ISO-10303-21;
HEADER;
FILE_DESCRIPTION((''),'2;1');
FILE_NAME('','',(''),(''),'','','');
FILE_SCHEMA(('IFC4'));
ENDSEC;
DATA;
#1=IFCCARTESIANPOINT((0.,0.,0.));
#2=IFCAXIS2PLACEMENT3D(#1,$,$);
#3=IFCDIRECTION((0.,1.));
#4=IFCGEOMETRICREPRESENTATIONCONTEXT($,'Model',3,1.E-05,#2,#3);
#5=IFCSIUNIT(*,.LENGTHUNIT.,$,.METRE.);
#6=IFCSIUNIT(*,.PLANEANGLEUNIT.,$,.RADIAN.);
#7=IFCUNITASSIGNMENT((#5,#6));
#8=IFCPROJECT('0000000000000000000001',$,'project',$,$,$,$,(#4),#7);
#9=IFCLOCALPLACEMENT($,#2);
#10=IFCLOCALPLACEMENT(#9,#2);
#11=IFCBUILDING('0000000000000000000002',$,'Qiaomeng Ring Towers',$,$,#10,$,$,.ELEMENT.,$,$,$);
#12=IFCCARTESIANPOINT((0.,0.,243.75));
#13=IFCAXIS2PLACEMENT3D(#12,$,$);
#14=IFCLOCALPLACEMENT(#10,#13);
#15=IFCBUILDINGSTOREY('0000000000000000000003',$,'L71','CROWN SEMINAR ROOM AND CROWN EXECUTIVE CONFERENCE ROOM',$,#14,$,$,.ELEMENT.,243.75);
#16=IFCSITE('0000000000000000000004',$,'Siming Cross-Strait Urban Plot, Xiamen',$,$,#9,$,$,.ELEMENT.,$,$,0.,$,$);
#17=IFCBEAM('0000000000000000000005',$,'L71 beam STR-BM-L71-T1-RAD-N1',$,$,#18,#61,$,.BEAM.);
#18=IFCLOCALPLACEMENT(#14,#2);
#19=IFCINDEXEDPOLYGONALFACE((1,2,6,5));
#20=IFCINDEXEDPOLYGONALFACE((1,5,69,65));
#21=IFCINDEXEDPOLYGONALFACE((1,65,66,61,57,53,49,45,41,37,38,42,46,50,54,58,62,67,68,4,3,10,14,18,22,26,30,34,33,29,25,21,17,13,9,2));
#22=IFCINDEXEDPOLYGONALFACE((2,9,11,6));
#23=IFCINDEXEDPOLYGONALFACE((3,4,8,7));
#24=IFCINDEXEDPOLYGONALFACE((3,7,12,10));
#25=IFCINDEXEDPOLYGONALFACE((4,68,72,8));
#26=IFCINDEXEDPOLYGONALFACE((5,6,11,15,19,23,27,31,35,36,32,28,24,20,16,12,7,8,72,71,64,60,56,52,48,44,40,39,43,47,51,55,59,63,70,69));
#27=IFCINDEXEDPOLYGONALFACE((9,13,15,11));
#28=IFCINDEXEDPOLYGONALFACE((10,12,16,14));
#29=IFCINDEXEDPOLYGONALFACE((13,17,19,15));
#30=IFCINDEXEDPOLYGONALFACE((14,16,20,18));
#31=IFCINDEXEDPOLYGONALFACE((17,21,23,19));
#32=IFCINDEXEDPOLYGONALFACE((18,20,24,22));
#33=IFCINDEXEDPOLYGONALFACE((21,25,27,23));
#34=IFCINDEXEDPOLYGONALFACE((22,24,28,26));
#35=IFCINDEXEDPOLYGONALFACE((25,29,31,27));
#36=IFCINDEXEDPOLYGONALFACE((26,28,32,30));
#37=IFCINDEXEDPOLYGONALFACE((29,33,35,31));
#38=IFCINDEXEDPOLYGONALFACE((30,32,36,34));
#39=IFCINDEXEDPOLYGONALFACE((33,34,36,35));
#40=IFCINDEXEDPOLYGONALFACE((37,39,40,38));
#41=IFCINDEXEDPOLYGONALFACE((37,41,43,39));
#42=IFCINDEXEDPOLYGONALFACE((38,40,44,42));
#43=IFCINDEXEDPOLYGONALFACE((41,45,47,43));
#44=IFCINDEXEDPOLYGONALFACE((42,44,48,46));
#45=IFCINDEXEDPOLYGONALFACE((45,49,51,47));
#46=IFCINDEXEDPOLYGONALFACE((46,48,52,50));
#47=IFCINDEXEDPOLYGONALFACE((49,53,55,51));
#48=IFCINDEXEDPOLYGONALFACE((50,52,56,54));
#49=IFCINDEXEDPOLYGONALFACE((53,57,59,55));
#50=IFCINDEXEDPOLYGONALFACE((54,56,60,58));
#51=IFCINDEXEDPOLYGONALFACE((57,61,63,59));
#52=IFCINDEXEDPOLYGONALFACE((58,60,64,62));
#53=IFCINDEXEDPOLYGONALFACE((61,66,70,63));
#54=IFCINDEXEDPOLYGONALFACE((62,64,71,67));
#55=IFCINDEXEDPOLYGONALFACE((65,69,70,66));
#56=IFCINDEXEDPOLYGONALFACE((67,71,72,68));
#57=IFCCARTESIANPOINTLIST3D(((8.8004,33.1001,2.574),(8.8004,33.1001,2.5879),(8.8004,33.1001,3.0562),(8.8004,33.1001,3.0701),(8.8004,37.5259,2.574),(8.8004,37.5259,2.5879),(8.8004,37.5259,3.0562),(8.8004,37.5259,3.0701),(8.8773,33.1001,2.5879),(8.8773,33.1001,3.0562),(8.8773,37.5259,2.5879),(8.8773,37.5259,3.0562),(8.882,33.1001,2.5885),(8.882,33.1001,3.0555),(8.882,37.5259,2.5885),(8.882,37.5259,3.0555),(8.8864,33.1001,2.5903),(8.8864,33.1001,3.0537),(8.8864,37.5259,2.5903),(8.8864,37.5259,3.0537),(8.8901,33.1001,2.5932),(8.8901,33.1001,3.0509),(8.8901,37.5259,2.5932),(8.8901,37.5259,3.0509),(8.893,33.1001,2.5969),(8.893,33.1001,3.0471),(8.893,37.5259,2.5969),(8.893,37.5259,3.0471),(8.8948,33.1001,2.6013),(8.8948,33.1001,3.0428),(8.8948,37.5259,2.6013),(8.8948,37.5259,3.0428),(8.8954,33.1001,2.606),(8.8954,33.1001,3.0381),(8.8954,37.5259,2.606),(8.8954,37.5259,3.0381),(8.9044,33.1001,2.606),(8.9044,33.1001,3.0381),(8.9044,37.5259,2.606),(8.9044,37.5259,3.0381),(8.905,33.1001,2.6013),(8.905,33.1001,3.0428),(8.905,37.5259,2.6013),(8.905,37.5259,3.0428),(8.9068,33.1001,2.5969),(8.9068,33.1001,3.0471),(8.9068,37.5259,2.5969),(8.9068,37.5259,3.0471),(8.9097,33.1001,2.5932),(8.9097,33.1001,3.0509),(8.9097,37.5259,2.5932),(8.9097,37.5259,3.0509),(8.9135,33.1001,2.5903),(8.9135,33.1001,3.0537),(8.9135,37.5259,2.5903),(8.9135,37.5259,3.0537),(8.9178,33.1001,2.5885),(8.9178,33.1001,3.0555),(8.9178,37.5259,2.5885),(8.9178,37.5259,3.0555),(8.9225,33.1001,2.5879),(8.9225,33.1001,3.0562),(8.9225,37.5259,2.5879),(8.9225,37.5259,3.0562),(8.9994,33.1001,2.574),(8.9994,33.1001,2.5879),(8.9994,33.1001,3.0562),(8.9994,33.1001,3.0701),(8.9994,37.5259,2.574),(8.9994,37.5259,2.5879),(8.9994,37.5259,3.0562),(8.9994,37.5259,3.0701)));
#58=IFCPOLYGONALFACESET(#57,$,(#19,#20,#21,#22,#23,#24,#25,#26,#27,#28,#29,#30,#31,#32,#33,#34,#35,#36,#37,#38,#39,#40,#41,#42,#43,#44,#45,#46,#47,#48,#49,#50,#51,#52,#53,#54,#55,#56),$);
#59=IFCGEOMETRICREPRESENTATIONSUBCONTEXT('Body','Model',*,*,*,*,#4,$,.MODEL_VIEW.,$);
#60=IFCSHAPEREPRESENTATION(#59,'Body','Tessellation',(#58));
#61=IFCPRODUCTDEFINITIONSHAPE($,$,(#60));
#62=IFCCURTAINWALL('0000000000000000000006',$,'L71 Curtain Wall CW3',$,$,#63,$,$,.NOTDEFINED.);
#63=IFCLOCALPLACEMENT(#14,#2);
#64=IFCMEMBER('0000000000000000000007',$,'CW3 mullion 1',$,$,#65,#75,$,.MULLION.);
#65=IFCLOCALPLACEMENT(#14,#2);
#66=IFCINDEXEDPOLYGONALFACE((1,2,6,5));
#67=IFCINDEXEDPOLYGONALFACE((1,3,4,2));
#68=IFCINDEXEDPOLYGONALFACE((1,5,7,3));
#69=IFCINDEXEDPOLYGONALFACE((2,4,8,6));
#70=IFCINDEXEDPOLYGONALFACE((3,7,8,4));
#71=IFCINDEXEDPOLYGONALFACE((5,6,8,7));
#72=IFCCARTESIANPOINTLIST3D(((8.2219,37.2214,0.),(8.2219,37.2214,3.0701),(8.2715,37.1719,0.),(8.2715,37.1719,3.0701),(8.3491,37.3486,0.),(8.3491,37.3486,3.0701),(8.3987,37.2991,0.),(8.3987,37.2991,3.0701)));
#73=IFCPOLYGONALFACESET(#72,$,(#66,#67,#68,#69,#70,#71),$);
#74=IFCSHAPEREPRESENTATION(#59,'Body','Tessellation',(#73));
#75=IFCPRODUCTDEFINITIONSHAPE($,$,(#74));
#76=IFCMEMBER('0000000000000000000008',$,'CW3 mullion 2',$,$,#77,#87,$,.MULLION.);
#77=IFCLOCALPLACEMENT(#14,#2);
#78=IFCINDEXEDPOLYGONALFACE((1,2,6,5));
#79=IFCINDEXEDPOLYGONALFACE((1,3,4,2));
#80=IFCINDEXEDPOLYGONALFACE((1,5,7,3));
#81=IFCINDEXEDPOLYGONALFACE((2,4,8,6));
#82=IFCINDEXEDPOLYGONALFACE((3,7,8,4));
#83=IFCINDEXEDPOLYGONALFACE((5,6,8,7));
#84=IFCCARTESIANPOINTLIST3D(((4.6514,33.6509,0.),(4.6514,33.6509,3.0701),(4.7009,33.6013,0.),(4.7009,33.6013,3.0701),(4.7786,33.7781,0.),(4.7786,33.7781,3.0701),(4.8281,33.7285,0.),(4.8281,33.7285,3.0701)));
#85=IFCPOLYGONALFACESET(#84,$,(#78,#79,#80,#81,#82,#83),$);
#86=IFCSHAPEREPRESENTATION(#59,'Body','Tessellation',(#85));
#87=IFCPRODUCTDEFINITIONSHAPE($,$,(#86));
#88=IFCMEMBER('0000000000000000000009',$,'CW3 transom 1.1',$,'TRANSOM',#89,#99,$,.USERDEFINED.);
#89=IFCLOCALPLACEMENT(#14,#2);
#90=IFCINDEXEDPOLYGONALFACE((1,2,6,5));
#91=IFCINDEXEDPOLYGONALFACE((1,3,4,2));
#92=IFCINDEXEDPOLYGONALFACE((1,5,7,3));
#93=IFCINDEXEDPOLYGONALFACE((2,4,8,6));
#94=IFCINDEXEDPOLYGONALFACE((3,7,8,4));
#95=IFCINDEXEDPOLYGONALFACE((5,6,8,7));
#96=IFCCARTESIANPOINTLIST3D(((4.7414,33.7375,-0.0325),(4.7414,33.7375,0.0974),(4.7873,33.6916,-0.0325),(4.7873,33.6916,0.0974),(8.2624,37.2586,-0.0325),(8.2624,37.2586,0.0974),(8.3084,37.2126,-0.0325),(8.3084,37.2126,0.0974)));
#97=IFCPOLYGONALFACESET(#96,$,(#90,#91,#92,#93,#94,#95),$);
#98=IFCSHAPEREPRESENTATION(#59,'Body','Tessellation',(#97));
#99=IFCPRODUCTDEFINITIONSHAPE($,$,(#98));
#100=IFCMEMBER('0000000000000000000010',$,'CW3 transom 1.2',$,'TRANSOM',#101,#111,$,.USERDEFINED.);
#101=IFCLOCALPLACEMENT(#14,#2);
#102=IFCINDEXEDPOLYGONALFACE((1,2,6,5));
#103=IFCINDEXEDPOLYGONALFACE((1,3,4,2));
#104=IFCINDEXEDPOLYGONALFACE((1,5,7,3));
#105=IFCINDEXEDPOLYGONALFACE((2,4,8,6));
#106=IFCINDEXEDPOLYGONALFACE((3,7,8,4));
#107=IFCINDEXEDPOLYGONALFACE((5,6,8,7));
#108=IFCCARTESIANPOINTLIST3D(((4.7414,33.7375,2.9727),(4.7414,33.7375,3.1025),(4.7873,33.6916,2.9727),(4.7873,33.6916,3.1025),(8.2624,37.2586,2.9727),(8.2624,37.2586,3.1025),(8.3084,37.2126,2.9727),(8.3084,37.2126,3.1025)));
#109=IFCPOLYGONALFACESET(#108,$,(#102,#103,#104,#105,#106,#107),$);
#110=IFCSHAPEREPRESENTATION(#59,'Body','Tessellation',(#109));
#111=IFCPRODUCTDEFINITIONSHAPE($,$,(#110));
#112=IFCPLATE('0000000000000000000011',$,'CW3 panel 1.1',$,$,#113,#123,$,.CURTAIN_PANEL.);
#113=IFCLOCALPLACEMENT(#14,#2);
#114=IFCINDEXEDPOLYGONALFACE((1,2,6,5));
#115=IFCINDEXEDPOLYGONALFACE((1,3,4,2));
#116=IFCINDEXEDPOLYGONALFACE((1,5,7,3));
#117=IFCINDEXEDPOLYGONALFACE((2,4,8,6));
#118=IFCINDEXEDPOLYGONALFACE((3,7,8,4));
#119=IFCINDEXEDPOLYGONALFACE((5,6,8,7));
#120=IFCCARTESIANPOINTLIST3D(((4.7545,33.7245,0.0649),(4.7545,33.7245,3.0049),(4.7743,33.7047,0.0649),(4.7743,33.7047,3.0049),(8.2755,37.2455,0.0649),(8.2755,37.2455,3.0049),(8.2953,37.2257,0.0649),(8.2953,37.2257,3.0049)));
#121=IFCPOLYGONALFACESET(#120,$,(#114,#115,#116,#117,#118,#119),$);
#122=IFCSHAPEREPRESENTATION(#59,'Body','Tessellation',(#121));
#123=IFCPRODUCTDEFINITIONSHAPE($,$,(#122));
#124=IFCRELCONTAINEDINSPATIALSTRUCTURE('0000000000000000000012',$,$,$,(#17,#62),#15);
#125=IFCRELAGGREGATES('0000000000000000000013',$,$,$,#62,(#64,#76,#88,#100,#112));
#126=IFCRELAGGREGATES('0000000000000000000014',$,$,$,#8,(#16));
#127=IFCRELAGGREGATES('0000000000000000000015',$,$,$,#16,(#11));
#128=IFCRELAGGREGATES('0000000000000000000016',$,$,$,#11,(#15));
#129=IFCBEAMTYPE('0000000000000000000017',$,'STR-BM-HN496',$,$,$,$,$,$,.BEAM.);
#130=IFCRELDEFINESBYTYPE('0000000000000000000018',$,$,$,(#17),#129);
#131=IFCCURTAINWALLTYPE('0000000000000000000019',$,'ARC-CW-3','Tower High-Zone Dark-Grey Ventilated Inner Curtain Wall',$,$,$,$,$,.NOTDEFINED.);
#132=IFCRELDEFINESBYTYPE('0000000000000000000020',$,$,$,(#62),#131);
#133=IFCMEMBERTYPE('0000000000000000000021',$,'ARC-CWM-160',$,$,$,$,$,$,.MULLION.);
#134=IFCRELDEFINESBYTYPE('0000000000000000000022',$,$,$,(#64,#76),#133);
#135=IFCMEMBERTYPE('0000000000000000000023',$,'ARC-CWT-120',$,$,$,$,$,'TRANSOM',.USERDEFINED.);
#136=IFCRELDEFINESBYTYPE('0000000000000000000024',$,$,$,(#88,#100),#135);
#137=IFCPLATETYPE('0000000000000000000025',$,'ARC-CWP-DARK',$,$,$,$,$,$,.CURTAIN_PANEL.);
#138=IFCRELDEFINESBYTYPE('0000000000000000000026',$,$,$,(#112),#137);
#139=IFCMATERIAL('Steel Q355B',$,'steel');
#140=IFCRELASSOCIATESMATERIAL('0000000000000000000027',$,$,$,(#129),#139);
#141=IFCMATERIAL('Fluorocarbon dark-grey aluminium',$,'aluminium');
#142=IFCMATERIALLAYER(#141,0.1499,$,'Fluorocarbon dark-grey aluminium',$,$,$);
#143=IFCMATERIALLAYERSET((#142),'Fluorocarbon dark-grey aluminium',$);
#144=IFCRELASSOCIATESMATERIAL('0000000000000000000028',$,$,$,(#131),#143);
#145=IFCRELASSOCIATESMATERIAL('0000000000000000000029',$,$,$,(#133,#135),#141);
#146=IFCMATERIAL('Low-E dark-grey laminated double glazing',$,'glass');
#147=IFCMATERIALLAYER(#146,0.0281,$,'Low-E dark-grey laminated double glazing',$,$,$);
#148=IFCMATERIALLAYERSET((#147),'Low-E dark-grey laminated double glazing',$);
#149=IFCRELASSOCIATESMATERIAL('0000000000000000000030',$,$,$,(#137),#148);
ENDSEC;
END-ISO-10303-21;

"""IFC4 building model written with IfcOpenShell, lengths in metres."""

from ifc_helpers import new_model, si_unit, direction, frame, origin, origin_2d, place, context, subcontext, project, spatial, rectangle, i_section, extrude, source, transform, mapped, material, layer, layer_set, material_profile, profile_set, type_object, element, aggregate, save


model = new_model("IFC4")

# Units and contexts
model_context = context("Model", 3, precision=1e-05, world=origin(), true_north=direction((0.0, 1.0)))
body_context = subcontext(model_context, "Body", "Model", "MODEL_VIEW")
ifc_project = project(units=[si_unit("LENGTHUNIT", "METRE"), si_unit("PLANEANGLEUNIT", "RADIAN")], contexts=[model_context])

# Site, building, storey
site_placement = place(None, origin())
site = spatial("IfcSite", under=ifc_project, at=site_placement, Name="Siming Cross-Strait Urban Plot, Xiamen", CompositionType="ELEMENT", RefElevation=0.0)
building_placement = place(site_placement, origin())
building = spatial("IfcBuilding", under=site, at=building_placement, Name="Qiaomeng Ring Towers", CompositionType="ELEMENT")
storey_placement = place(building_placement, frame((0.0, 0.0, 243.75)))
storey = spatial("IfcBuildingStorey", under=building, at=storey_placement, Name="L71", Description="CROWN SEMINAR ROOM AND CROWN EXECUTIVE CONFERENCE ROOM", CompositionType="ELEMENT", Elevation=243.75)

# Beam
ifc_material_1 = material(Name="Steel Q355B", Category="steel")
ifc_material_profile_1 = material_profile(ifc_material_1, i_section(OverallWidth=0.199, OverallDepth=0.4961, WebThickness=0.009, FlangeThickness=0.0139, FilletRadius=0.0181, at=origin_2d()), Name="HN 496x199x9x14")
ifc_profile_set_1 = profile_set([ifc_material_profile_1], Name="Steel Q355B")
beam_type_1 = type_object("IfcBeamType", Name="STR-BM-HN496", PredefinedType="BEAM", material=ifc_profile_set_1)
shared_shape_1 = source(origin(), body_context, "Body", "SweptSolid", [
    extrude(i_section(OverallWidth=0.199, OverallDepth=0.4961, WebThickness=0.009, FlangeThickness=0.0139, FilletRadius=0.0181, at=origin_2d()), origin(), (0.0, 0.0, 1.0), 4.4258),
])
beam_1_placement = place(storey_placement, frame((8.8999, 37.5259, 2.822), z_axis=(0.0, -1.0, 0.0), x_axis=(1.0, 0.0, 0.0)))
element("IfcBeam", 1, at=beam_1_placement, inside=storey, type_object=beam_type_1, Name="L71 beam STR-BM-L71-T1-RAD-N1", PredefinedType="BEAM", context=body_context, shape_type="MappedRepresentation", body=[
    mapped(shared_shape_1, transform((0.0, 0.0, 0.0), x_axis=(1.0, 0.0, 0.0), y_axis=(0.0, 1.0, 0.0), z_axis=(0.0, 0.0, 1.0), scale=1.0)),
])

# Curtain wall, members, plate
ifc_material_2 = material(Name="Fluorocarbon dark-grey aluminium", Category="aluminium")
ifc_layer_1 = layer(ifc_material_2, 0.1499, Name="Fluorocarbon dark-grey aluminium")
ifc_layer_set_1 = layer_set([ifc_layer_1], Name="Fluorocarbon dark-grey aluminium")
curtain_wall_type = type_object("IfcCurtainWallType", Name="ARC-CW-3", Description="Tower High-Zone Dark-Grey Ventilated Inner Curtain Wall", PredefinedType="NOTDEFINED", material=ifc_layer_set_1)
curtain_wall_placement = place(storey_placement, origin())
curtain_wall = element("IfcCurtainWall", 2, at=curtain_wall_placement, inside=storey, type_object=curtain_wall_type, Name="L71 Curtain Wall CW3", PredefinedType="NOTDEFINED")
ifc_material_profile_2 = material_profile(ifc_material_2, rectangle(XDim=0.0701, YDim=0.1799, at=origin_2d()), Name="ALU MULL 70x180")
ifc_profile_set_2 = profile_set([ifc_material_profile_2], Name="Fluorocarbon dark-grey aluminium")
member_type_1 = type_object("IfcMemberType", Name="ARC-CWM-160", PredefinedType="MULLION", material=ifc_profile_set_2)
shared_shape_2 = source(origin(), body_context, "Body", "SweptSolid", [
    extrude(rectangle(XDim=0.0701, YDim=0.1799, at=origin_2d()), origin(), (0.0, 0.0, 1.0), 3.0701),
])
member_1_placement = place(storey_placement, frame((8.3103, 37.2603, 0.0), z_axis=(0.0, 0.0, 1.0), x_axis=(0.707107, -0.707107, 0.0)))
member_1 = element("IfcMember", 3, at=member_1_placement, type_object=member_type_1, Name="CW3 mullion 1", PredefinedType="MULLION", context=body_context, shape_type="MappedRepresentation", body=[
    mapped(shared_shape_2, transform((0.0, 0.0, 0.0), x_axis=(1.0, 0.0, 0.0), y_axis=(0.0, 1.0, 0.0), z_axis=(0.0, 0.0, 1.0), scale=1.0)),
])
member_2_placement = place(storey_placement, frame((4.7397, 33.6897, 0.0), z_axis=(0.0, 0.0, 1.0), x_axis=(0.707107, -0.707107, 0.0)))
member_2 = element("IfcMember", 4, at=member_2_placement, type_object=member_type_1, Name="CW3 mullion 2", PredefinedType="MULLION", context=body_context, shape_type="MappedRepresentation", body=[
    mapped(shared_shape_2, transform((0.0, 0.0, 0.0), x_axis=(1.0, 0.0, 0.0), y_axis=(0.0, 1.0, 0.0), z_axis=(0.0, 0.0, 1.0), scale=1.0)),
])
ifc_material_profile_3 = material_profile(ifc_material_2, rectangle(XDim=0.0649, YDim=0.1299, at=origin_2d()), Name="ALU TRAN 65x130")
ifc_profile_set_3 = profile_set([ifc_material_profile_3], Name="Fluorocarbon dark-grey aluminium")
member_type_2 = type_object("IfcMemberType", Name="ARC-CWT-120", ElementType="TRANSOM", PredefinedType="USERDEFINED", material=ifc_profile_set_3)
shared_shape_3 = source(origin(), body_context, "Body", "SweptSolid", [
    extrude(rectangle(XDim=0.0649, YDim=0.1299, at=origin_2d()), origin(), (0.0, 0.0, 1.0), 4.9795),
])
member_3_placement = place(storey_placement, frame((8.2854, 37.2356, 0.0325), z_axis=(-0.707107, -0.707107, 0.0), x_axis=(0.707107, -0.707107, 0.0)))
member_3 = element("IfcMember", 5, at=member_3_placement, type_object=member_type_2, Name="CW3 transom 1.1", ObjectType="TRANSOM", PredefinedType="USERDEFINED", context=body_context, shape_type="MappedRepresentation", body=[
    mapped(shared_shape_3, transform((0.0, 0.0, 0.0), x_axis=(1.0, 0.0, 0.0), y_axis=(0.0, 1.0, 0.0), z_axis=(0.0, 0.0, 1.0), scale=1.0)),
])
member_4_placement = place(storey_placement, frame((8.2854, 37.2356, 3.0376), z_axis=(-0.707107, -0.707107, 0.0), x_axis=(0.707107, -0.707107, 0.0)))
member_4 = element("IfcMember", 6, at=member_4_placement, type_object=member_type_2, Name="CW3 transom 1.2", ObjectType="TRANSOM", PredefinedType="USERDEFINED", context=body_context, shape_type="MappedRepresentation", body=[
    mapped(shared_shape_3, transform((0.0, 0.0, 0.0), x_axis=(1.0, 0.0, 0.0), y_axis=(0.0, 1.0, 0.0), z_axis=(0.0, 0.0, 1.0), scale=1.0)),
])
ifc_material_3 = material(Name="Low-E dark-grey laminated double glazing", Category="glass")
ifc_layer_2 = layer(ifc_material_3, 0.0281, Name="Low-E dark-grey laminated double glazing")
ifc_layer_set_2 = layer_set([ifc_layer_2], Name="Low-E dark-grey laminated double glazing")
plate_type = type_object("IfcPlateType", Name="ARC-CWP-DARK", PredefinedType="CURTAIN_PANEL", material=ifc_layer_set_2)
shared_shape_4 = source(origin(), body_context, "Body", "SweptSolid", [
    extrude(rectangle(XDim=4.9795, YDim=0.0281, at=origin_2d()), origin(), (0.0, 0.0, 1.0), 2.9399),
])
plate_placement = place(storey_placement, frame((6.5249, 35.4751, 0.0649), z_axis=(0.0, 0.0, 1.0), x_axis=(-0.707107, -0.707107, 0.0)))
plate = element("IfcPlate", 7, at=plate_placement, type_object=plate_type, Name="CW3 panel 1.1", PredefinedType="CURTAIN_PANEL", context=body_context, shape_type="MappedRepresentation", body=[
    mapped(shared_shape_4, transform((0.0, 0.0, 0.0), x_axis=(1.0, 0.0, 0.0), y_axis=(0.0, 1.0, 0.0), z_axis=(0.0, 0.0, 1.0), scale=1.0)),
])
aggregate(curtain_wall, [member_1, member_2, member_3, member_4, plate])

save(model, "model.ifc")
